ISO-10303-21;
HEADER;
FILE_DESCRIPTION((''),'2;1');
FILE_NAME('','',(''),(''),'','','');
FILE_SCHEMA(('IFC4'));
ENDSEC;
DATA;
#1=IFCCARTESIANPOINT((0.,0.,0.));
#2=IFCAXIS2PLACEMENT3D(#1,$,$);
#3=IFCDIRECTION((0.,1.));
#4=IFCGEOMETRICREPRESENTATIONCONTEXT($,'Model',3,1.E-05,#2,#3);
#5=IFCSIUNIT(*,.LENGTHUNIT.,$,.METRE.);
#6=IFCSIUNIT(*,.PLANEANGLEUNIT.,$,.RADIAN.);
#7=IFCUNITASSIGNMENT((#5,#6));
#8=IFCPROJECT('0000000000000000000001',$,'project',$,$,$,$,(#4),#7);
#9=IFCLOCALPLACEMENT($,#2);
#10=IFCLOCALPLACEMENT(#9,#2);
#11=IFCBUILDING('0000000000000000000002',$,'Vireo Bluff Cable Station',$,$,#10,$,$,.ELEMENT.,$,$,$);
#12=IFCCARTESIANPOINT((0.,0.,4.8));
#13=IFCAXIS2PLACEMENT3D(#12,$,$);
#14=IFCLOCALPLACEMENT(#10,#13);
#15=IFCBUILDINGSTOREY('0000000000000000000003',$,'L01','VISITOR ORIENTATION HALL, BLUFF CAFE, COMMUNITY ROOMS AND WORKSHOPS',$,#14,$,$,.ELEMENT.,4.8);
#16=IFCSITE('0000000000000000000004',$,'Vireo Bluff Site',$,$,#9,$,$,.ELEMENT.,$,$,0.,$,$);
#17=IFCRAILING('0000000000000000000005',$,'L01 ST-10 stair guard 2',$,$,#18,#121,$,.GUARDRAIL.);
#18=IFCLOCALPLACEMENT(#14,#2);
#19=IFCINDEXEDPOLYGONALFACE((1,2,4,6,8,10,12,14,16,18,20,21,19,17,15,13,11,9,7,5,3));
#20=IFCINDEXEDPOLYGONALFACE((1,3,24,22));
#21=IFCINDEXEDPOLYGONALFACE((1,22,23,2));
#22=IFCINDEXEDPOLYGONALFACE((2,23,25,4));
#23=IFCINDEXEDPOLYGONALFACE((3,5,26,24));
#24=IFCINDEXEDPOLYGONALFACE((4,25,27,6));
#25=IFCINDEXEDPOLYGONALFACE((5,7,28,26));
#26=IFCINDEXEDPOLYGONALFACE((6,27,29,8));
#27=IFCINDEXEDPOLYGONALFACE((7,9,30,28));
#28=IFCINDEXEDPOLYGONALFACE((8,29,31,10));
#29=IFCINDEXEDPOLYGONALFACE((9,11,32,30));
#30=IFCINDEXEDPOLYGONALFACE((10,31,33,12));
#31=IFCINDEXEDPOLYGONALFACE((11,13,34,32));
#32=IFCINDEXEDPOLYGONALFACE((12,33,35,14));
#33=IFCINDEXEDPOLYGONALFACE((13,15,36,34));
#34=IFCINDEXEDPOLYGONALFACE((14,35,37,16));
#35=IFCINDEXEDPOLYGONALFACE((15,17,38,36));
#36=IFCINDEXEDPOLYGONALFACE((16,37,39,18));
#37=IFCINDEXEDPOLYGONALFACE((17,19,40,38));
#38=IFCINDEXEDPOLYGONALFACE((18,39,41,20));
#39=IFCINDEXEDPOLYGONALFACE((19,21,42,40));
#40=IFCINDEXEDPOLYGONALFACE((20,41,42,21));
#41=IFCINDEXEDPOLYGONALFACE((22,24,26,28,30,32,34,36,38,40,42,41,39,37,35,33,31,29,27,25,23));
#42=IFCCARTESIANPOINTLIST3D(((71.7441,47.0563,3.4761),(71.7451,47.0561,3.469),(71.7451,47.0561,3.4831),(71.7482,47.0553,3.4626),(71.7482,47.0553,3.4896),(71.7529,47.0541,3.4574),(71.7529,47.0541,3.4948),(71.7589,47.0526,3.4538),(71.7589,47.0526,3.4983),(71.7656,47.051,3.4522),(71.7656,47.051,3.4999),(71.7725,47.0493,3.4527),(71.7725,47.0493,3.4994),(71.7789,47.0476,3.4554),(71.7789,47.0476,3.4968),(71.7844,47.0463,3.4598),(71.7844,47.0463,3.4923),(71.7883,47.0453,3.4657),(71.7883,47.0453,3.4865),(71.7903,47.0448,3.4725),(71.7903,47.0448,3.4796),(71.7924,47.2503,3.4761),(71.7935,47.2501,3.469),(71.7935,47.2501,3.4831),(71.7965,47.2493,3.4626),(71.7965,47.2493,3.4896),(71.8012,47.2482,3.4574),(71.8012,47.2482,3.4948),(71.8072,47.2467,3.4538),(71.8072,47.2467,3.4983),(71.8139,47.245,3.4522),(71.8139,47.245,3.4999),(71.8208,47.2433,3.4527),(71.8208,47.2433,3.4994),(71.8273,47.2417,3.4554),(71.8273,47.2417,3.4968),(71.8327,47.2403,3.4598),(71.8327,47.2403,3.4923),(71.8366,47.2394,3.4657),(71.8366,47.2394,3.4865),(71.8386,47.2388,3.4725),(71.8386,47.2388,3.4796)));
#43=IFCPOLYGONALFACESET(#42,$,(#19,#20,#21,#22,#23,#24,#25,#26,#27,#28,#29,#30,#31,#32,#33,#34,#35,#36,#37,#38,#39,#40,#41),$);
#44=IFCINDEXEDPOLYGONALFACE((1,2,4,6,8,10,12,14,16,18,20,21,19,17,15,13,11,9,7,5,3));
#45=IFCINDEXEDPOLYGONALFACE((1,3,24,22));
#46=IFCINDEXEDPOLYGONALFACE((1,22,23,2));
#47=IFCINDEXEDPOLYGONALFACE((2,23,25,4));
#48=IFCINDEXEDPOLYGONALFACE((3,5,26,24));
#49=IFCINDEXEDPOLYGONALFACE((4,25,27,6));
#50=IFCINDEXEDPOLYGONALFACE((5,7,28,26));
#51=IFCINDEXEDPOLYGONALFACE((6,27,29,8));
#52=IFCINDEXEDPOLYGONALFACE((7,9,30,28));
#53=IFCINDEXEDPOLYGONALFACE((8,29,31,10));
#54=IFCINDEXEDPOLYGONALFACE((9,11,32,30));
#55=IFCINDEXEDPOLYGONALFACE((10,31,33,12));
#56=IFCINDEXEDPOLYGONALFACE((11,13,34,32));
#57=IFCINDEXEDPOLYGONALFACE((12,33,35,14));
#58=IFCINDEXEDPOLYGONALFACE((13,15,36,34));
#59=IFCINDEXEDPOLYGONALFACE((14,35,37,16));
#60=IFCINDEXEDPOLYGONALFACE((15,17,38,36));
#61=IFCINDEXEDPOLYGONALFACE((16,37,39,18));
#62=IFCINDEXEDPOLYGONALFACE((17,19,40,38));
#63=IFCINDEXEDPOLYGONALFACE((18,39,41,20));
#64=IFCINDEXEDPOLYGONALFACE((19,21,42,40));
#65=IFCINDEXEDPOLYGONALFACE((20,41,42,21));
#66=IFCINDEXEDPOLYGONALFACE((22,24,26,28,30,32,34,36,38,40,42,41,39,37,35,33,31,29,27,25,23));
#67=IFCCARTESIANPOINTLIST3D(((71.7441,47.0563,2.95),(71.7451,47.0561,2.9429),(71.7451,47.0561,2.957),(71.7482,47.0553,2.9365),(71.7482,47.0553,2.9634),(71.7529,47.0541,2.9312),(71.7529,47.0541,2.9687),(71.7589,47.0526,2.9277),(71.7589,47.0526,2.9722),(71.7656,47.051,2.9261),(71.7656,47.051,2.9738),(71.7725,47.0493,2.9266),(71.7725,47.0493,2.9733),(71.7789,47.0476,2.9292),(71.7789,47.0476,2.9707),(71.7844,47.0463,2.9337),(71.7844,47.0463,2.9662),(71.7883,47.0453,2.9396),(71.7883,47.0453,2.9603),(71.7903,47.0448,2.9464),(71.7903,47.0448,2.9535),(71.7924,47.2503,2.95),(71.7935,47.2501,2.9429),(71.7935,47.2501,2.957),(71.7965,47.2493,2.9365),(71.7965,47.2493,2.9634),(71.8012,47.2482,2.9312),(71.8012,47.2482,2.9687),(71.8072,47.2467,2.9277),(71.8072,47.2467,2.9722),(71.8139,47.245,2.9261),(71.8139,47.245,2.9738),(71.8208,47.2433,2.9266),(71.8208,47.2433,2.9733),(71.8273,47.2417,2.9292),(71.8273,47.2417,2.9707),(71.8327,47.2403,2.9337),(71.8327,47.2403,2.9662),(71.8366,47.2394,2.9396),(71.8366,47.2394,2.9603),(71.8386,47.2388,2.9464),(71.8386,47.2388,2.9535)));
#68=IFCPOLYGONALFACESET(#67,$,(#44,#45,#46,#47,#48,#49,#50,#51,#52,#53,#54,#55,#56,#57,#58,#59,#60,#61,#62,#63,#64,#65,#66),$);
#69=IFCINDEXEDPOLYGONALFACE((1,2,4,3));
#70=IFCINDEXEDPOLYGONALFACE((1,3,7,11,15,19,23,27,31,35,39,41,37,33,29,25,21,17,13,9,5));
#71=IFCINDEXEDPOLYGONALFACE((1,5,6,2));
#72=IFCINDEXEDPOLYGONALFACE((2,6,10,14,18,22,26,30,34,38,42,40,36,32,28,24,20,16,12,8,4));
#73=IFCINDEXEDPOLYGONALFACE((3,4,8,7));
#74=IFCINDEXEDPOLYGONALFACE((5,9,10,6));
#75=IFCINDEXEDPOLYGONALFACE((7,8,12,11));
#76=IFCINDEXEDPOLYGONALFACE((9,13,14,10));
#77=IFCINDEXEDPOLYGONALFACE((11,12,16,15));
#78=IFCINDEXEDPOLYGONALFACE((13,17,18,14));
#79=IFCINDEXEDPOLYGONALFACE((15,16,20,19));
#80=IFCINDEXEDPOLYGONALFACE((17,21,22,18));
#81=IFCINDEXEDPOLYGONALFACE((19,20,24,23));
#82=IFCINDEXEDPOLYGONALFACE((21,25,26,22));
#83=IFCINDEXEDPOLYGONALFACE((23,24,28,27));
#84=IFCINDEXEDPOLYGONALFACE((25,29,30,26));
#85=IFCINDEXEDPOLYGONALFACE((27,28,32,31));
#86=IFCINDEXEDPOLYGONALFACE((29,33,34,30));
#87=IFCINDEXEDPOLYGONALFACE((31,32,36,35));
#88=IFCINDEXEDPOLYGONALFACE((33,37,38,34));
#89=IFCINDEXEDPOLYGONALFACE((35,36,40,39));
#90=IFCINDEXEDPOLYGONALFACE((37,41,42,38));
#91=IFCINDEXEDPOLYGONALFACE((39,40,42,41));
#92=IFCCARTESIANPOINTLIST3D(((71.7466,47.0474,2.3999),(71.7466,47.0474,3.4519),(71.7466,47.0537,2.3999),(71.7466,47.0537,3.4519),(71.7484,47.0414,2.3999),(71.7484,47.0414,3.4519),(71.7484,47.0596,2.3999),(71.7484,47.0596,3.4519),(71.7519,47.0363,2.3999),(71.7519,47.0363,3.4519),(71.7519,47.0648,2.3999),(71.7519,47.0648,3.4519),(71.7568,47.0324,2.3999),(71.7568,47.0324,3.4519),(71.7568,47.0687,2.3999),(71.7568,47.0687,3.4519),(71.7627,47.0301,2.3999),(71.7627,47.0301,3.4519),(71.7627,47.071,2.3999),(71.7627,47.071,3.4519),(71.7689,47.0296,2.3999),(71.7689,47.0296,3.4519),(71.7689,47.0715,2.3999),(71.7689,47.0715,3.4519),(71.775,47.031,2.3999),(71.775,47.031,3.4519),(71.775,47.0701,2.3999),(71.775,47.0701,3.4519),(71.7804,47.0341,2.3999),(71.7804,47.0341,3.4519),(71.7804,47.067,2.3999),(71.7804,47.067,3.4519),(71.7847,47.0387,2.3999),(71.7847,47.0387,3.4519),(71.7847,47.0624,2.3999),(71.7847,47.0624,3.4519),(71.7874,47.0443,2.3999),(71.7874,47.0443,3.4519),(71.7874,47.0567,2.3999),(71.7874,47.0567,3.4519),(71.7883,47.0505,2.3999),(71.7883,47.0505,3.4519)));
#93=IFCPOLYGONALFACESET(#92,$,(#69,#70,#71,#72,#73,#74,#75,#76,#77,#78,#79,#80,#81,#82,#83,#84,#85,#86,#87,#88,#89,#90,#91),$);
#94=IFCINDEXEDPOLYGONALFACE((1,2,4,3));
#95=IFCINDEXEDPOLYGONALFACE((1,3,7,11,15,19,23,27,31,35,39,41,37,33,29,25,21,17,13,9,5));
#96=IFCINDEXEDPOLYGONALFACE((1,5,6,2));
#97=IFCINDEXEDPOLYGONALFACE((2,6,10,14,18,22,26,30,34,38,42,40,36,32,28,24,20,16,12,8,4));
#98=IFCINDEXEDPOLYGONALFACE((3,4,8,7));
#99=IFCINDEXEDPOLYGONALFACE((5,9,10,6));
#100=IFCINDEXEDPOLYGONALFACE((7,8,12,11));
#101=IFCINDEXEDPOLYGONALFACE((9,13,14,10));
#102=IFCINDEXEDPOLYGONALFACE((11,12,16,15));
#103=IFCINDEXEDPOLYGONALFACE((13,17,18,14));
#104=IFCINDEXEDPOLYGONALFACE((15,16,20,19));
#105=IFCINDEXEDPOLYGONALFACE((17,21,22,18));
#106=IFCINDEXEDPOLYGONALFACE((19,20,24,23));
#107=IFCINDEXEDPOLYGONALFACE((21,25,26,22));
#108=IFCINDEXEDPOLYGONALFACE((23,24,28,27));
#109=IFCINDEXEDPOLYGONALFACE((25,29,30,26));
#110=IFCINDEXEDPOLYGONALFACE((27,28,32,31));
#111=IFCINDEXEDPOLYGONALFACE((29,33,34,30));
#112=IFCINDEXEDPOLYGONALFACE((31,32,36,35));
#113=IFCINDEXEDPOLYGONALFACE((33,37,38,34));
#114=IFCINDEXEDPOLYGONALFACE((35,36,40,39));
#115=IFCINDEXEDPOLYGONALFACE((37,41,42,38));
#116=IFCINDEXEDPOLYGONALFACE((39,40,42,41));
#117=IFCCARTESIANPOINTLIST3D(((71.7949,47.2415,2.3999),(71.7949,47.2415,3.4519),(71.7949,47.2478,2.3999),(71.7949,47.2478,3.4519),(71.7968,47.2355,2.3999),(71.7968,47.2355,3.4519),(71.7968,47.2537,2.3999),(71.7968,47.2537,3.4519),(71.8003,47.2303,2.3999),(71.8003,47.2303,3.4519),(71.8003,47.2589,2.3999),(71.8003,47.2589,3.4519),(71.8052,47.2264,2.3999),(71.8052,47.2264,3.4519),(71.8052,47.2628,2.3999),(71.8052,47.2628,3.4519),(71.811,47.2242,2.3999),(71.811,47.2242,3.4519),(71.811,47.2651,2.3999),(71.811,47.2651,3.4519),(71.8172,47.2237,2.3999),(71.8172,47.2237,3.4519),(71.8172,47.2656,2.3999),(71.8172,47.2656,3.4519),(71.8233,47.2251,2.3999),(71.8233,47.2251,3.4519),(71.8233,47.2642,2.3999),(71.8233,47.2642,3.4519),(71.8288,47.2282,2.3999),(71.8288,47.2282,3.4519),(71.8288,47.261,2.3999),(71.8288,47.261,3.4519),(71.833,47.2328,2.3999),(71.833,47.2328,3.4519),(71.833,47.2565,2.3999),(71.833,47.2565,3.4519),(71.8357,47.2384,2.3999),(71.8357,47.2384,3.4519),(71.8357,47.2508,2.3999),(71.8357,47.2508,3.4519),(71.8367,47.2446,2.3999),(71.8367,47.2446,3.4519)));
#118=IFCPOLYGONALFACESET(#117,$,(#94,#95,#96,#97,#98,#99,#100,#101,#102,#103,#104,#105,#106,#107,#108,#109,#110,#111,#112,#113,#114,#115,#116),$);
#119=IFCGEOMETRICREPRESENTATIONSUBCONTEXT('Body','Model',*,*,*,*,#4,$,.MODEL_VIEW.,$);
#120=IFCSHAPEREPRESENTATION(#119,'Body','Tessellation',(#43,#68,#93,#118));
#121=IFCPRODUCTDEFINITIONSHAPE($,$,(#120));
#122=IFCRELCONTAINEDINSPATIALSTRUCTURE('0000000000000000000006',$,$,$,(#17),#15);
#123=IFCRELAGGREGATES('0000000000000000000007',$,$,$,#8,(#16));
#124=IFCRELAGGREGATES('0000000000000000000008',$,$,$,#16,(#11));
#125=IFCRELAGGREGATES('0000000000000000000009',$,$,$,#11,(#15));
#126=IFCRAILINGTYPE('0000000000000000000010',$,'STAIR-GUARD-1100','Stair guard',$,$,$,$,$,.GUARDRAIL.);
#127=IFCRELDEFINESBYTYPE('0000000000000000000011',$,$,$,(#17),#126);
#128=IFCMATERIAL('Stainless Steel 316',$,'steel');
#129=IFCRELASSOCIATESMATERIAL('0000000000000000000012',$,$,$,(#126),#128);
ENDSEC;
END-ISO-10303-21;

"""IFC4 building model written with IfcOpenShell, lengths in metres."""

from ifc_helpers import new_model, si_unit, direction, frame, origin, origin_2d, place, context, subcontext, project, spatial, circle, extrude, material, type_object, element, save


model = new_model("IFC4")

# Units and contexts
model_context = context("Model", 3, precision=1e-05, world=origin(), true_north=direction((0.0, 1.0)))
body_context = subcontext(model_context, "Body", "Model", "MODEL_VIEW")
ifc_project = project(units=[si_unit("LENGTHUNIT", "METRE"), si_unit("PLANEANGLEUNIT", "RADIAN")], contexts=[model_context])

# Site, building, storey
site_placement = place(None, origin())
site = spatial("IfcSite", under=ifc_project, at=site_placement, Name="Vireo Bluff Site", CompositionType="ELEMENT", RefElevation=0.0)
building_placement = place(site_placement, origin())
building = spatial("IfcBuilding", under=site, at=building_placement, Name="Vireo Bluff Cable Station", CompositionType="ELEMENT")
storey_placement = place(building_placement, frame((0.0, 0.0, 4.8)))
storey = spatial("IfcBuildingStorey", under=building, at=storey_placement, Name="L01", Description="VISITOR ORIENTATION HALL, BLUFF CAFE, COMMUNITY ROOMS AND WORKSHOPS", CompositionType="ELEMENT", Elevation=4.8)

# Railing
ifc_material_1 = material(Name="Stainless Steel 316", Category="steel")
railing_type_1 = type_object("IfcRailingType", Name="STAIR-GUARD-1100", Description="Stair guard", PredefinedType="GUARDRAIL", material=ifc_material_1)
railing_1_placement = place(storey_placement, frame((71.7673, 47.0505, 2.3999)))
element("IfcRailing", 1, at=railing_1_placement, inside=storey, type_object=railing_type_1, Name="L01 ST-10 stair guard 2", PredefinedType="GUARDRAIL", context=body_context, shape_type="SweptSolid", body=[
    extrude(circle(Radius=0.0239, at=origin_2d()), frame((0.0, 0.0, 1.0762), z_axis=(0.241674, 0.970358, 0.0), x_axis=(-0.970358, 0.241674, 0.0)), (0.0, 0.0, 1.0), 0.2),
    extrude(circle(Radius=0.0239, at=origin_2d()), frame((0.0, 0.0, 0.55), z_axis=(0.241674, 0.970358, 0.0), x_axis=(-0.970358, 0.241674, 0.0)), (0.0, 0.0, 1.0), 0.2),
    extrude(circle(Radius=0.021, at=origin_2d()), origin(), (0.0, 0.0, 1.0), 1.052),
    extrude(circle(Radius=0.021, at=origin_2d()), frame((0.0483, 0.1941, 0.0)), (0.0, 0.0, 1.0), 1.052),
])

save(model, "model.ifc")
